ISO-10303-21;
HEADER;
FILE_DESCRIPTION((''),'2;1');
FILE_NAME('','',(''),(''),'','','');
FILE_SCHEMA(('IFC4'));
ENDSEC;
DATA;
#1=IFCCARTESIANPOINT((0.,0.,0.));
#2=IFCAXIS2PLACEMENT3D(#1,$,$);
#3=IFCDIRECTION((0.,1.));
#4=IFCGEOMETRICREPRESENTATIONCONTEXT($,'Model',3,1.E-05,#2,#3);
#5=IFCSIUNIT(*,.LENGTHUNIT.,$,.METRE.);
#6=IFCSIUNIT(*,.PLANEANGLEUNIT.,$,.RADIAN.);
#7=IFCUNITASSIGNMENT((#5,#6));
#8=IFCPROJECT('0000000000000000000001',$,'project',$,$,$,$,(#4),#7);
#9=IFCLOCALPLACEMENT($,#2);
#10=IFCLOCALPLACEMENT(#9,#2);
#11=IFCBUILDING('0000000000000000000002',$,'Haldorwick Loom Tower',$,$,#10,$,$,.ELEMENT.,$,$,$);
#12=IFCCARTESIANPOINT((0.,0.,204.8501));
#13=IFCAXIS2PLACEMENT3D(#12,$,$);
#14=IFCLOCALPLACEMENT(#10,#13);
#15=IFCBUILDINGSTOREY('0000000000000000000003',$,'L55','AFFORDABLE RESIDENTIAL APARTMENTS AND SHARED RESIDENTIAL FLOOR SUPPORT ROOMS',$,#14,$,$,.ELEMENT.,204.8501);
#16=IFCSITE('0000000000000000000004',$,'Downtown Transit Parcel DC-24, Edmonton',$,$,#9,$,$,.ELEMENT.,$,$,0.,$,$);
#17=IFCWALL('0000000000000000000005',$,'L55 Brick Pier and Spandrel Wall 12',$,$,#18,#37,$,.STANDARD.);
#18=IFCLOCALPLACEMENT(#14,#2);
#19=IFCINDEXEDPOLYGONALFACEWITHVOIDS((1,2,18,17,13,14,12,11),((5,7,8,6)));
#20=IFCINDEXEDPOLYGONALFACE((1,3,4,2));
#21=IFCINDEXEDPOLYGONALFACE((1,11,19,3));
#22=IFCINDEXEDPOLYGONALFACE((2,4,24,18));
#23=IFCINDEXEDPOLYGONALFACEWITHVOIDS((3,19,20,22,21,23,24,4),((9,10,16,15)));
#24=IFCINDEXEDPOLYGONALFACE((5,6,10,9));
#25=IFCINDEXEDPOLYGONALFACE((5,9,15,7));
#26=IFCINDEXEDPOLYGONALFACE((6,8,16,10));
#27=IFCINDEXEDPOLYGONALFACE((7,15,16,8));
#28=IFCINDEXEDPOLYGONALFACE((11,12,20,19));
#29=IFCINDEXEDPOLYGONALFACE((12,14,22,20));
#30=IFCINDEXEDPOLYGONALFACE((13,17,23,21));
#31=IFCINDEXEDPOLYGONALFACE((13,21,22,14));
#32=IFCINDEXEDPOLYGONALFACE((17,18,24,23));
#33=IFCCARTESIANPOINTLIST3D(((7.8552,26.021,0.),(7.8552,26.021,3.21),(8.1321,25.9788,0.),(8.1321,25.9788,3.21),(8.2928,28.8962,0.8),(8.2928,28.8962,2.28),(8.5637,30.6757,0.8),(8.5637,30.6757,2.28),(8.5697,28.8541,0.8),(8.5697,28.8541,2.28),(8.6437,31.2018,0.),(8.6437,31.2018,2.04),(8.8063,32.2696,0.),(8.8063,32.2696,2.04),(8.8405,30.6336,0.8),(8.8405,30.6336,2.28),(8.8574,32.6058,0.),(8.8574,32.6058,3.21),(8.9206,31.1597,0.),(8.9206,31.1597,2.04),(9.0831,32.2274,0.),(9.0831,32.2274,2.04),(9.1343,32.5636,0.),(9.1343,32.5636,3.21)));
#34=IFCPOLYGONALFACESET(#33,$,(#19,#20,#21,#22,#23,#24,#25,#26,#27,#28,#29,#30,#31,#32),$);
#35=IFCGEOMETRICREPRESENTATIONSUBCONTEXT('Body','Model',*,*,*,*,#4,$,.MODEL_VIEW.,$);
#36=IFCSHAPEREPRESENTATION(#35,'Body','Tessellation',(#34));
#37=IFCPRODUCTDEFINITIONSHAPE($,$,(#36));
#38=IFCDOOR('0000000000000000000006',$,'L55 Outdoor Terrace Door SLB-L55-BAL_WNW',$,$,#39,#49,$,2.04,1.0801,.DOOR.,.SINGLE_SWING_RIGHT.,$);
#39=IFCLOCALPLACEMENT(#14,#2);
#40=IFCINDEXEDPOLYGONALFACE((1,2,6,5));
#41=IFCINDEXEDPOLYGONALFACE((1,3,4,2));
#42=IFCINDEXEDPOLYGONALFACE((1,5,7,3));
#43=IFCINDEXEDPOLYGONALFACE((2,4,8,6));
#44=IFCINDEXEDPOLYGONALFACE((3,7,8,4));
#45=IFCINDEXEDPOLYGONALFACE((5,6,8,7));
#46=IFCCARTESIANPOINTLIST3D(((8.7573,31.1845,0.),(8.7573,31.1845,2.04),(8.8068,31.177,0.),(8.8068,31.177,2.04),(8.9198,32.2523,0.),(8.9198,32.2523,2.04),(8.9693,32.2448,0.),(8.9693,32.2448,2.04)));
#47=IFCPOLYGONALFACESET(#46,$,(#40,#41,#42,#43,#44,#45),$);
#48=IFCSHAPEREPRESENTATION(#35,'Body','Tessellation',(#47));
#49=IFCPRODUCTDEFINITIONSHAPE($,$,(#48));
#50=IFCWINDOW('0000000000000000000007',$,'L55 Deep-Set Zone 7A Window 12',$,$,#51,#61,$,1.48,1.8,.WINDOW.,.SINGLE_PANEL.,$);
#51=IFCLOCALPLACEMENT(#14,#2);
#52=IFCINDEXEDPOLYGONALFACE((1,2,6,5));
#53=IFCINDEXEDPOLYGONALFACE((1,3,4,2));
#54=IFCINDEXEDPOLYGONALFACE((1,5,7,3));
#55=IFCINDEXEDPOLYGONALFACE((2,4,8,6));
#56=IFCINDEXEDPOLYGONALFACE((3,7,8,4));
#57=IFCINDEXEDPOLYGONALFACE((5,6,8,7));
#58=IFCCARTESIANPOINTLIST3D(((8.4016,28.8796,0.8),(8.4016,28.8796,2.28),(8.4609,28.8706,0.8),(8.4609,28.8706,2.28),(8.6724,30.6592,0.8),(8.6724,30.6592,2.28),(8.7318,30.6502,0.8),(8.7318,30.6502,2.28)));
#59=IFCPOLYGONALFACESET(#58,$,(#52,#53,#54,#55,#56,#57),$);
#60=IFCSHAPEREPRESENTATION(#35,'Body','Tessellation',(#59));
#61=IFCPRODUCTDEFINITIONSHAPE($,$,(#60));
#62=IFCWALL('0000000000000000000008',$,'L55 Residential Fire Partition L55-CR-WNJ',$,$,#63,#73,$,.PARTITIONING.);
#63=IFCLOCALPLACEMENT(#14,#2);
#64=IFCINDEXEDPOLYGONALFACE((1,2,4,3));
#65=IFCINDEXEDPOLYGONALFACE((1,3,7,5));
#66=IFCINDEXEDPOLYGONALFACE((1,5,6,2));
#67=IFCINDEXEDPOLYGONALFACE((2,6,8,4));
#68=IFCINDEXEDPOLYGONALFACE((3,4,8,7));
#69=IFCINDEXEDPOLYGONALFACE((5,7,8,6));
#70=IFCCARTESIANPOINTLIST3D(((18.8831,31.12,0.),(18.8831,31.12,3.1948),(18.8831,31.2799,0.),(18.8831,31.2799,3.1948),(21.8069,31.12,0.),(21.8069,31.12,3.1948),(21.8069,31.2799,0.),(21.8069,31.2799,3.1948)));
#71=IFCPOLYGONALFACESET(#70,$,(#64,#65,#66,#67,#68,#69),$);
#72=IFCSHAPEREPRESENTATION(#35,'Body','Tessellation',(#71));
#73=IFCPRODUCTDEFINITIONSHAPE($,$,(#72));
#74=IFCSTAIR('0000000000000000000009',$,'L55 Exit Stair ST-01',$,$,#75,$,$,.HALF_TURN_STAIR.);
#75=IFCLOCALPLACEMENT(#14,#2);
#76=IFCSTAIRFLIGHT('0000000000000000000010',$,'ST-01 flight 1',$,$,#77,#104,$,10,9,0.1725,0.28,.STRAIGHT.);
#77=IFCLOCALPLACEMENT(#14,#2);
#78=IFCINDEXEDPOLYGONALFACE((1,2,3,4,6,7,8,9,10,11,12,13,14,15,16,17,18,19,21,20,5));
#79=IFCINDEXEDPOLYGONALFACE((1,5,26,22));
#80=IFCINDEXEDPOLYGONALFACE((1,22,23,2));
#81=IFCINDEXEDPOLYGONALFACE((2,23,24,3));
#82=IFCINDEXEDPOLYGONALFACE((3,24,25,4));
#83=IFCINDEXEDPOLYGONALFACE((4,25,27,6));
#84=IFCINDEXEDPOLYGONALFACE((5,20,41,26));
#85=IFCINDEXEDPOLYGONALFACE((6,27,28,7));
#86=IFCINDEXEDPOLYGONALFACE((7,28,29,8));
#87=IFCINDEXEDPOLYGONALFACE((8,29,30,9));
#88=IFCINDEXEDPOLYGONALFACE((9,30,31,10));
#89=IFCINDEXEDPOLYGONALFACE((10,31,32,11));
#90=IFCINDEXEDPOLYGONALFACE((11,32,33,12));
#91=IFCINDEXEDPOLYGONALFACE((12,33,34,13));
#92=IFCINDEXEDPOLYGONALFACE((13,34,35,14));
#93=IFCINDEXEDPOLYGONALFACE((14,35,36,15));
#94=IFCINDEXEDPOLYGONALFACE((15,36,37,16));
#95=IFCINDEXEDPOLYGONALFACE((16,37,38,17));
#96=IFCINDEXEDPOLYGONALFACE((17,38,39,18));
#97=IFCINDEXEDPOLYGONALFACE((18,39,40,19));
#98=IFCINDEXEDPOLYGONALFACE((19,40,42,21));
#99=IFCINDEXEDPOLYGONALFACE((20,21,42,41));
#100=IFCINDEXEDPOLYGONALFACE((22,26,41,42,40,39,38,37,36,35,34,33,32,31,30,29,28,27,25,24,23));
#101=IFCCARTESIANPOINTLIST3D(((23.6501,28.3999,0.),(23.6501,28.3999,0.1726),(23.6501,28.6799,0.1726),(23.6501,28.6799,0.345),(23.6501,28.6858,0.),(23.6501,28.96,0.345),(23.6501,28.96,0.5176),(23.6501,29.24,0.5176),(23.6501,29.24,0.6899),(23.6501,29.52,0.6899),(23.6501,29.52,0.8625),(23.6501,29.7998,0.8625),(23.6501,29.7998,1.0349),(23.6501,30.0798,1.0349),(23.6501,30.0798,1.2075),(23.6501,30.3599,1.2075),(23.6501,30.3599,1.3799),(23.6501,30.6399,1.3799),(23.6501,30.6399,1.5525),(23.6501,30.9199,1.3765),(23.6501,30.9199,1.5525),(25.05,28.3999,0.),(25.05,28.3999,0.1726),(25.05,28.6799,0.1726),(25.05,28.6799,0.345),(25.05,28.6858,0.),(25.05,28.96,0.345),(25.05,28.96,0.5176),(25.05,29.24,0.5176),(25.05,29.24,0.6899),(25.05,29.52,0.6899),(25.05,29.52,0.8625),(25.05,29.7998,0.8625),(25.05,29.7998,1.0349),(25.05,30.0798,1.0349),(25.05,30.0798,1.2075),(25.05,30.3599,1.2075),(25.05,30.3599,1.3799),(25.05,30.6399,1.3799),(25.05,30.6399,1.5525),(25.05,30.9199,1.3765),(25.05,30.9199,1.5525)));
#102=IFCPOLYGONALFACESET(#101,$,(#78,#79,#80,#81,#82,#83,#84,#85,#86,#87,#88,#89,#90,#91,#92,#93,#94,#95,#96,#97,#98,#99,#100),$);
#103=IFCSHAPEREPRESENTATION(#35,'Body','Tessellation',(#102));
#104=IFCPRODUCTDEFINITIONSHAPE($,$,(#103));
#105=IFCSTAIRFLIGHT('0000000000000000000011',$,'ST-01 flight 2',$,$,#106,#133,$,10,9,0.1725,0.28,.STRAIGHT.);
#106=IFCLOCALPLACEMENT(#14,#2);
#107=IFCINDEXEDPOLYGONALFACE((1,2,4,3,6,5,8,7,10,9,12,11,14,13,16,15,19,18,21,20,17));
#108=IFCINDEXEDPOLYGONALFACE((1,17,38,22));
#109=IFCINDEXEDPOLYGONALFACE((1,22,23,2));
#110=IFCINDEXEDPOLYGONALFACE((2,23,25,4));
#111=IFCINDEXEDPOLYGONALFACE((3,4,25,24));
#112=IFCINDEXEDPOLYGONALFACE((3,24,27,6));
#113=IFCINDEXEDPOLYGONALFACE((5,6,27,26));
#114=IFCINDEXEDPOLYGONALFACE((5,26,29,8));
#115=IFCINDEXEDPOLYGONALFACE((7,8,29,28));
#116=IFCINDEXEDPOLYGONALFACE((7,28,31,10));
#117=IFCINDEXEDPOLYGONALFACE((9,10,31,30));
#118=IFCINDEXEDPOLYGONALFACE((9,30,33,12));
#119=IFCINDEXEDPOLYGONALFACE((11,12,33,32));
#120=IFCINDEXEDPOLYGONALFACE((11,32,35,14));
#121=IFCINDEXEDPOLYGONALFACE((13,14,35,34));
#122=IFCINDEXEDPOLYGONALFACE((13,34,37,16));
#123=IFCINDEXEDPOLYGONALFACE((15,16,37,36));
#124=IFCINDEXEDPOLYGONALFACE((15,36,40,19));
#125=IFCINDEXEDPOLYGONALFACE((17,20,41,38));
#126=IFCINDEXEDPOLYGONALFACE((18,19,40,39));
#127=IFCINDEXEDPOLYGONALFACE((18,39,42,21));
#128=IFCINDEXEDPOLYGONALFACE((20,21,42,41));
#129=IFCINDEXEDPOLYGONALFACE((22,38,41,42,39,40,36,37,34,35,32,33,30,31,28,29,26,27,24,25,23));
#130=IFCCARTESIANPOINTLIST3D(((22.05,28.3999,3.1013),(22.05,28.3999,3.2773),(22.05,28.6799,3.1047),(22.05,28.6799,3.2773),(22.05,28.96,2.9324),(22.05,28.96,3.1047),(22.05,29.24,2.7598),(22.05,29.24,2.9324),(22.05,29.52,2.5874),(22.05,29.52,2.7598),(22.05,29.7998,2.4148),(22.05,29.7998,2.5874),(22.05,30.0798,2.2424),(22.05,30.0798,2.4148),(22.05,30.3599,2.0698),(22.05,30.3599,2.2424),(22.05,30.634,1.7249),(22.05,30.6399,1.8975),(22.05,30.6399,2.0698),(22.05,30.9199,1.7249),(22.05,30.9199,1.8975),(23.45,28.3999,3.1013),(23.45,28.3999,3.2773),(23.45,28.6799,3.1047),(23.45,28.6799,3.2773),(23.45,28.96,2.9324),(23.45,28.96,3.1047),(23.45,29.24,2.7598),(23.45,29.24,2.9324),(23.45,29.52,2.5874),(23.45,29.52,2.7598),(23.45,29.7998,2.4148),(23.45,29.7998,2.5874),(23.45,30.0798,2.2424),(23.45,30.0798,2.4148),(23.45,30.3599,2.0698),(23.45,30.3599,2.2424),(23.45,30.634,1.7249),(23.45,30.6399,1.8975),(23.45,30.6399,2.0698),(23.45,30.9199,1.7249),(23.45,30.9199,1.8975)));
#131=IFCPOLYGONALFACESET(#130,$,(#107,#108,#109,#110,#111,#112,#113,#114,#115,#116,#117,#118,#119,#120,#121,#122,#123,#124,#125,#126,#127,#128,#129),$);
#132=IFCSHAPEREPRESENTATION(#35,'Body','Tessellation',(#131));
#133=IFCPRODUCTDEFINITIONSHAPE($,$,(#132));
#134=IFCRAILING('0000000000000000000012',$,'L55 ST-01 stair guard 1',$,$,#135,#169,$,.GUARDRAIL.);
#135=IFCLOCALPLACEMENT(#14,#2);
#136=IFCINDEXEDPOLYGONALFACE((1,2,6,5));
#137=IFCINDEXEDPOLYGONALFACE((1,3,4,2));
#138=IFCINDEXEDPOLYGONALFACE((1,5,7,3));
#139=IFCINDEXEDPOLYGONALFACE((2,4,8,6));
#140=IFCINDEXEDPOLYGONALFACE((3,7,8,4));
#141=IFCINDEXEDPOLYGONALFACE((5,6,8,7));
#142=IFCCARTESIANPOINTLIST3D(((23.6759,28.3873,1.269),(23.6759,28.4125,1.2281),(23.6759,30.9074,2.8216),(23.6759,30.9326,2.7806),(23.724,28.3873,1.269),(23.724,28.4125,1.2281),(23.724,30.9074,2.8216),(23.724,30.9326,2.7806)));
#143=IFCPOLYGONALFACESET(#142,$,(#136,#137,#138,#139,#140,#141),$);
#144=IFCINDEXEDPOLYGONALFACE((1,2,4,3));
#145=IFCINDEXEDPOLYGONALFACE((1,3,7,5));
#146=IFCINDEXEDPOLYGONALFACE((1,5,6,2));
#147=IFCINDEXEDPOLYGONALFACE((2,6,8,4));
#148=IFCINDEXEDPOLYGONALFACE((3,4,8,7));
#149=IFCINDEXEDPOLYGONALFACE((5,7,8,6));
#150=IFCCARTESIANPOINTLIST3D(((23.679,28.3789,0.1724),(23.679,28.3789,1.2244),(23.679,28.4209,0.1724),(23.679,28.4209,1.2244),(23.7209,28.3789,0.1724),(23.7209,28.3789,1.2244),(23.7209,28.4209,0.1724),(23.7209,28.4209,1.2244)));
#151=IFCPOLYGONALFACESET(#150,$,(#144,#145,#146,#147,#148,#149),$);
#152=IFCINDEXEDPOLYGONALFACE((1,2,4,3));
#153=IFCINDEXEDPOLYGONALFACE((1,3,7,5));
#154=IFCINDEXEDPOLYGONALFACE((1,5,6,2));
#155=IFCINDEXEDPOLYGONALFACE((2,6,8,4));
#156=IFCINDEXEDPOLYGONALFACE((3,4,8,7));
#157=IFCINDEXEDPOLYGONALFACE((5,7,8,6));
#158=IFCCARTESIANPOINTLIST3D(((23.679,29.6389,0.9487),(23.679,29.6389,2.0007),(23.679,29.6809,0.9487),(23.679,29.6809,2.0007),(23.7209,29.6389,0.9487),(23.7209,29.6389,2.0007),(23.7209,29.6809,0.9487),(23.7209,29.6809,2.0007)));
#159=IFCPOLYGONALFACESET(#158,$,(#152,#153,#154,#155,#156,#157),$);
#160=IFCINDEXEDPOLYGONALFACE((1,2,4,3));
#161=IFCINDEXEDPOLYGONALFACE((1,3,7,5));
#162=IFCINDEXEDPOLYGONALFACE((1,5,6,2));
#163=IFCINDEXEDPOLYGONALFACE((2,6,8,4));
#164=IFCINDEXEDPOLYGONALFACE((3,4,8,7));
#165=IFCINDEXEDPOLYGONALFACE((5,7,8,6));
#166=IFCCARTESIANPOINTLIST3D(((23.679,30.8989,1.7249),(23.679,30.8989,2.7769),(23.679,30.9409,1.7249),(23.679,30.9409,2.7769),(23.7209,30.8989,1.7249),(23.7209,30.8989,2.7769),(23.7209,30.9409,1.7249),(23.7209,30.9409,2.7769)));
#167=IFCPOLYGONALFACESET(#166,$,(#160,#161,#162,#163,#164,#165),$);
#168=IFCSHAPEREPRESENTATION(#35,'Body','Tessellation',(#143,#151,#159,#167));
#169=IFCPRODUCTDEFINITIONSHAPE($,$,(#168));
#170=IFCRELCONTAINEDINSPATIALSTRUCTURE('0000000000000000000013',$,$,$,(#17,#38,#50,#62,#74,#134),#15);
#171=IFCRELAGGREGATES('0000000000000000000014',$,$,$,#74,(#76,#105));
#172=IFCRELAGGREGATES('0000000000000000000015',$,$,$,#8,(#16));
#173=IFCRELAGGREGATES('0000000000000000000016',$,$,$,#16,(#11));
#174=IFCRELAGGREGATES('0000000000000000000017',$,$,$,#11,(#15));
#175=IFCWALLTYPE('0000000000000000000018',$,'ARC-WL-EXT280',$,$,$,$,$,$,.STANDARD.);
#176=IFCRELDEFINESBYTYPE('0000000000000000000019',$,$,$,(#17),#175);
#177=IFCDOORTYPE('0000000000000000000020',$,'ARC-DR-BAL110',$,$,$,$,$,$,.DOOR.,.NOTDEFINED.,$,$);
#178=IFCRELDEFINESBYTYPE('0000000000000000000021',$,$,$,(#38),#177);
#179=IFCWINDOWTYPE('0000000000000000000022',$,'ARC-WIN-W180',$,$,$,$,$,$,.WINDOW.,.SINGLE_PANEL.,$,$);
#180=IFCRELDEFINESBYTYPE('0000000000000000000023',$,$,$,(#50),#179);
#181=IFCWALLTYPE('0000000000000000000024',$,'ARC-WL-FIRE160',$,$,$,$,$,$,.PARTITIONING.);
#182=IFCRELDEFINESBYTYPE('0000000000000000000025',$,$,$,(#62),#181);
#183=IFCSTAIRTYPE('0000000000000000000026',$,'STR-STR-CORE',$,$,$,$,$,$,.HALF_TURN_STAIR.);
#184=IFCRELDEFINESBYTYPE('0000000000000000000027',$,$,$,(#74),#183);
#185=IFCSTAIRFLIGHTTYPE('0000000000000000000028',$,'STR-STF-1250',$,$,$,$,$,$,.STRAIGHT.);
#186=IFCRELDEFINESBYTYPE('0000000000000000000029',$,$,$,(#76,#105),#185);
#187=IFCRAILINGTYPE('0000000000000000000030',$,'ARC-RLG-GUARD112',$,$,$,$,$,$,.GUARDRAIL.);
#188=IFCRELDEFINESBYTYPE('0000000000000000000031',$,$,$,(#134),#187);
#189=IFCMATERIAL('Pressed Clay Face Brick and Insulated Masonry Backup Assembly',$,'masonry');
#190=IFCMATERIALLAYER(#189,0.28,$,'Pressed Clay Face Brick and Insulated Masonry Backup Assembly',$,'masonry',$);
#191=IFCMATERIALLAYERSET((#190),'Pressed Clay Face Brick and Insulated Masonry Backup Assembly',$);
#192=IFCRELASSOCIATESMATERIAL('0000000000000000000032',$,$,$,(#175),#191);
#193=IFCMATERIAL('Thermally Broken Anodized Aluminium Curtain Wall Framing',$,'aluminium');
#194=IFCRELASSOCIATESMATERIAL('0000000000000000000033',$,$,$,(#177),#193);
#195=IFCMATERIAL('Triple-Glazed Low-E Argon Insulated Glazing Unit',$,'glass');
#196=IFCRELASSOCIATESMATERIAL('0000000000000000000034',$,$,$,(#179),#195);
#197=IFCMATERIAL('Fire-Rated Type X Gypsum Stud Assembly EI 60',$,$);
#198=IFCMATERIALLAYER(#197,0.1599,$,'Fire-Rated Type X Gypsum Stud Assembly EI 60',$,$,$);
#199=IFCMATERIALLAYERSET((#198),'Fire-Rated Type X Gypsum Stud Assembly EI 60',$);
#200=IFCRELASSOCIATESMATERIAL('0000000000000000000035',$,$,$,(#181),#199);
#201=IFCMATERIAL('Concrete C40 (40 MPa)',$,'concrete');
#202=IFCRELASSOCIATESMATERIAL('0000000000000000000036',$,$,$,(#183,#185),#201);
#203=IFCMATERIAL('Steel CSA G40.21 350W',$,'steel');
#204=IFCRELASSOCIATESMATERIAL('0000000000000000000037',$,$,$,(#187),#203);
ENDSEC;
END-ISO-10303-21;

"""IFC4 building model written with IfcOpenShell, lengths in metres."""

from ifc_helpers import new_model, si_unit, direction, frame, frame_2d, origin, origin_2d, place, context, subcontext, project, spatial, polyline, rectangle, outline, extrude, material, layer, layer_set, type_object, element, fill, aggregate, save


model = new_model("IFC4")

# Units and contexts
model_context = context("Model", 3, precision=1e-05, world=origin(), true_north=direction((0.0, 1.0)))
body_context = subcontext(model_context, "Body", "Model", "MODEL_VIEW")
ifc_project = project(units=[si_unit("LENGTHUNIT", "METRE"), si_unit("PLANEANGLEUNIT", "RADIAN")], contexts=[model_context])

# Site, building, storey
site_placement = place(None, origin())
site = spatial("IfcSite", under=ifc_project, at=site_placement, Name="Downtown Transit Parcel DC-24, Edmonton", CompositionType="ELEMENT", RefElevation=0.0)
building_placement = place(site_placement, origin())
building = spatial("IfcBuilding", under=site, at=building_placement, Name="Haldorwick Loom Tower", CompositionType="ELEMENT")
storey_placement = place(building_placement, frame((0.0, 0.0, 204.8501)))
storey = spatial("IfcBuildingStorey", under=building, at=storey_placement, Name="L55", Description="AFFORDABLE RESIDENTIAL APARTMENTS AND SHARED RESIDENTIAL FLOOR SUPPORT ROOMS", CompositionType="ELEMENT", Elevation=204.8501)

# Shared definitions
ifc_material_1 = material(Name="Steel CSA G40.21 350W", Category="steel")

# Wall, openings, door, window
ifc_material_2 = material(Name="Pressed Clay Face Brick and Insulated Masonry Backup Assembly", Category="masonry")
ifc_layer_1 = layer(ifc_material_2, 0.28, Name="Pressed Clay Face Brick and Insulated Masonry Backup Assembly", Category="masonry")
ifc_layer_set_1 = layer_set([ifc_layer_1], Name="Pressed Clay Face Brick and Insulated Masonry Backup Assembly")
wall_type_1 = type_object("IfcWallType", Name="ARC-WL-EXT280", PredefinedType="STANDARD", material=ifc_layer_set_1)
wall_1_placement = place(storey_placement, frame((8.9958, 32.5847, 0.0), z_axis=(0.0, 0.0, 1.0), x_axis=(-0.150468, -0.988615, 0.0)))
wall_1 = element("IfcWall", 1, at=wall_1_placement, inside=storey, type_object=wall_type_1, Name="L55 Brick Pier and Spandrel Wall 12", PredefinedType="STANDARD", context=body_context, shape_type="SweptSolid", body=[
    extrude(rectangle(XDim=6.6606, YDim=0.28, at=frame_2d((3.3303, 0.0))), origin(), (0.0, 0.0, 1.0), 3.21),
])
opening_1_placement = place(wall_1_placement, frame((0.3401, 0.0, 0.0)))
opening_1 = element("IfcOpeningElement", 2, at=opening_1_placement, cuts=wall_1, PredefinedType="OPENING", context=body_context, shape_type="SweptSolid", body=[
    extrude(rectangle(XDim=1.0801, YDim=2.04, at=frame_2d((0.54, 1.02))), frame((0.0, 0.1499, 0.0), z_axis=(0.0, -1.0, 0.0), x_axis=(1.0, 0.0, 0.0)), (0.0, 0.0, 1.0), 0.3),
])
opening_2_placement = place(wall_1_placement, frame((1.9524, 0.0, 0.8)))
opening_2 = element("IfcOpeningElement", 3, at=opening_2_placement, cuts=wall_1, PredefinedType="OPENING", context=body_context, shape_type="SweptSolid", body=[
    extrude(rectangle(XDim=1.8, YDim=1.48, at=frame_2d((0.8999, 0.74))), frame((0.0, 0.1499, 0.0), z_axis=(0.0, -1.0, 0.0), x_axis=(1.0, 0.0, 0.0)), (0.0, 0.0, 1.0), 0.3),
])
ifc_material_3 = material(Name="Thermally Broken Anodized Aluminium Curtain Wall Framing", Category="aluminium")
door_type = type_object("IfcDoorType", Name="ARC-DR-BAL110", OperationType="NOTDEFINED", PredefinedType="DOOR", material=ifc_material_3)
door_placement = place(opening_1_placement, origin())
door = element("IfcDoor", 4, at=door_placement, inside=storey, type_object=door_type, Name="L55 Outdoor Terrace Door SLB-L55-BAL_WNW", OperationType="SINGLE_SWING_RIGHT", OverallHeight=2.04, OverallWidth=1.0801, PredefinedType="DOOR", context=body_context, shape_type="SweptSolid", body=[
    extrude(rectangle(XDim=1.0801, YDim=2.04, at=frame_2d((0.54, 1.02))), frame((0.0, 0.0249, 0.0), z_axis=(0.0, -1.0, 0.0), x_axis=(1.0, 0.0, 0.0)), (0.0, 0.0, 1.0), 0.05),
])
fill(opening_1, door)
ifc_material_4 = material(Name="Triple-Glazed Low-E Argon Insulated Glazing Unit", Category="glass")
window_type = type_object("IfcWindowType", Name="ARC-WIN-W180", PartitioningType="SINGLE_PANEL", PredefinedType="WINDOW", material=ifc_material_4)
window_placement = place(opening_2_placement, origin())
window = element("IfcWindow", 5, at=window_placement, inside=storey, type_object=window_type, Name="L55 Deep-Set Zone 7A Window 12", OverallHeight=1.48, OverallWidth=1.8, PartitioningType="SINGLE_PANEL", PredefinedType="WINDOW", context=body_context, shape_type="SweptSolid", body=[
    extrude(rectangle(XDim=1.8, YDim=1.48, at=frame_2d((0.8999, 0.74))), frame((0.0, 0.03, 0.0), z_axis=(0.0, -1.0, 0.0), x_axis=(1.0, 0.0, 0.0)), (0.0, 0.0, 1.0), 0.0601),
])
fill(opening_2, window)

# Wall
ifc_material_5 = material(Name="Fire-Rated Type X Gypsum Stud Assembly EI 60")
ifc_layer_2 = layer(ifc_material_5, 0.1599, Name="Fire-Rated Type X Gypsum Stud Assembly EI 60")
ifc_layer_set_2 = layer_set([ifc_layer_2], Name="Fire-Rated Type X Gypsum Stud Assembly EI 60")
wall_type_2 = type_object("IfcWallType", Name="ARC-WL-FIRE160", PredefinedType="PARTITIONING", material=ifc_layer_set_2)
wall_2_placement = place(storey_placement, frame((18.8831, 31.2, 0.0), z_axis=(0.0, 0.0, 1.0), x_axis=(1.0, 0.0, 0.0)))
element("IfcWall", 6, at=wall_2_placement, inside=storey, type_object=wall_type_2, Name="L55 Residential Fire Partition L55-CR-WNJ", PredefinedType="PARTITIONING", context=body_context, shape_type="SweptSolid", body=[
    extrude(rectangle(XDim=2.9238, YDim=0.1599, at=frame_2d((1.4619, 0.0))), origin(), (0.0, 0.0, 1.0), 3.1948),
])

# Stair, stair flights
ifc_material_6 = material(Name="Concrete C40 (40 MPa)", Category="concrete")
stair_type = type_object("IfcStairType", Name="STR-STR-CORE", PredefinedType="HALF_TURN_STAIR", material=ifc_material_6)
stair_placement = place(storey_placement, origin())
stair = element("IfcStair", 7, at=stair_placement, inside=storey, type_object=stair_type, Name="L55 Exit Stair ST-01", PredefinedType="HALF_TURN_STAIR")
stair_flight_type = type_object("IfcStairFlightType", Name="STR-STF-1250", PredefinedType="STRAIGHT", material=ifc_material_6)
stair_flight_1_placement = place(storey_placement, frame((24.3501, 28.3999, 0.0), z_axis=(0.0, 0.0, 1.0), x_axis=(0.0, 1.0, 0.0)))
stair_flight_1 = element("IfcStairFlight", 8, at=stair_flight_1_placement, type_object=stair_flight_type, Name="ST-01 flight 1", NumberOfRisers=10, NumberOfTreads=9, PredefinedType="STRAIGHT", RiserHeight=0.1725, TreadLength=0.28, context=body_context, shape_type="SweptSolid", body=[
    extrude(outline(polyline([(0.0, 0.0), (0.0, 0.1726), (0.28, 0.1726), (0.28, 0.345), (0.5601, 0.345), (0.5601, 0.5176), (0.8401, 0.5176), (0.8401, 0.6899), (1.1201, 0.6899), (1.1201, 0.8625), (1.3999, 0.8625), (1.3999, 1.0349), (1.6799, 1.0349), (1.6799, 1.2075), (1.96, 1.2075), (1.96, 1.3799), (2.24, 1.3799), (2.24, 1.5525), (2.52, 1.5525), (2.52, 1.7251), (2.52, 1.3765), (0.2859, 0.0), (0.0, 0.0)])), frame((0.0, 0.7, 0.0), z_axis=(0.0, -1.0, 0.0), x_axis=(1.0, 0.0, 0.0)), (0.0, 0.0, 1.0), 1.3999),
])
stair_flight_2_placement = place(storey_placement, frame((22.75, 30.9199, 1.7249), z_axis=(0.0, 0.0, 1.0), x_axis=(0.0, -1.0, 0.0)))
stair_flight_2 = element("IfcStairFlight", 9, at=stair_flight_2_placement, type_object=stair_flight_type, Name="ST-01 flight 2", NumberOfRisers=10, NumberOfTreads=9, PredefinedType="STRAIGHT", RiserHeight=0.1725, TreadLength=0.28, context=body_context, shape_type="SweptSolid", body=[
    extrude(outline(polyline([(0.0, 0.0), (0.0, 0.1726), (0.28, 0.1726), (0.28, 0.345), (0.5601, 0.345), (0.5601, 0.5176), (0.8401, 0.5176), (0.8401, 0.6899), (1.1201, 0.6899), (1.1201, 0.8625), (1.3999, 0.8625), (1.3999, 1.0349), (1.6799, 1.0349), (1.6799, 1.2075), (1.96, 1.2075), (1.96, 1.3799), (2.24, 1.3799), (2.24, 1.5525), (2.52, 1.5525), (2.52, 1.7251), (2.52, 1.3765), (0.2859, 0.0), (0.0, 0.0)])), frame((0.0, 0.7, 0.0), z_axis=(0.0, -1.0, 0.0), x_axis=(1.0, 0.0, 0.0)), (0.0, 0.0, 1.0), 1.3999),
])
aggregate(stair, [stair_flight_1, stair_flight_2])

# Railing
railing_type_1 = type_object("IfcRailingType", Name="ARC-RLG-GUARD112", PredefinedType="GUARDRAIL", material=ifc_material_1)
railing_1_placement = place(storey_placement, frame((23.7, 28.3999, 0.1724)))
element("IfcRailing", 10, at=railing_1_placement, inside=storey, type_object=railing_type_1, Name="L55 ST-01 stair guard 1", PredefinedType="GUARDRAIL", context=body_context, shape_type="SweptSolid", body=[
    extrude(rectangle(XDim=0.0481, YDim=0.0481, at=origin_2d()), frame((0.0, 0.0, 1.0762), z_axis=(0.0, 0.8514, 0.524516), x_axis=(-1.0, 0.0, 0.0)), (0.0, 0.0, 1.0), 2.96),
    extrude(rectangle(XDim=0.042, YDim=0.042, at=origin_2d()), origin(), (0.0, 0.0, 1.0), 1.052),
    extrude(rectangle(XDim=0.042, YDim=0.042, at=origin_2d()), frame((0.0, 1.26, 0.7764)), (0.0, 0.0, 1.0), 1.052),
    extrude(rectangle(XDim=0.042, YDim=0.042, at=origin_2d()), frame((0.0, 2.52, 1.5525)), (0.0, 0.0, 1.0), 1.052),
])

save(model, "model.ifc")
